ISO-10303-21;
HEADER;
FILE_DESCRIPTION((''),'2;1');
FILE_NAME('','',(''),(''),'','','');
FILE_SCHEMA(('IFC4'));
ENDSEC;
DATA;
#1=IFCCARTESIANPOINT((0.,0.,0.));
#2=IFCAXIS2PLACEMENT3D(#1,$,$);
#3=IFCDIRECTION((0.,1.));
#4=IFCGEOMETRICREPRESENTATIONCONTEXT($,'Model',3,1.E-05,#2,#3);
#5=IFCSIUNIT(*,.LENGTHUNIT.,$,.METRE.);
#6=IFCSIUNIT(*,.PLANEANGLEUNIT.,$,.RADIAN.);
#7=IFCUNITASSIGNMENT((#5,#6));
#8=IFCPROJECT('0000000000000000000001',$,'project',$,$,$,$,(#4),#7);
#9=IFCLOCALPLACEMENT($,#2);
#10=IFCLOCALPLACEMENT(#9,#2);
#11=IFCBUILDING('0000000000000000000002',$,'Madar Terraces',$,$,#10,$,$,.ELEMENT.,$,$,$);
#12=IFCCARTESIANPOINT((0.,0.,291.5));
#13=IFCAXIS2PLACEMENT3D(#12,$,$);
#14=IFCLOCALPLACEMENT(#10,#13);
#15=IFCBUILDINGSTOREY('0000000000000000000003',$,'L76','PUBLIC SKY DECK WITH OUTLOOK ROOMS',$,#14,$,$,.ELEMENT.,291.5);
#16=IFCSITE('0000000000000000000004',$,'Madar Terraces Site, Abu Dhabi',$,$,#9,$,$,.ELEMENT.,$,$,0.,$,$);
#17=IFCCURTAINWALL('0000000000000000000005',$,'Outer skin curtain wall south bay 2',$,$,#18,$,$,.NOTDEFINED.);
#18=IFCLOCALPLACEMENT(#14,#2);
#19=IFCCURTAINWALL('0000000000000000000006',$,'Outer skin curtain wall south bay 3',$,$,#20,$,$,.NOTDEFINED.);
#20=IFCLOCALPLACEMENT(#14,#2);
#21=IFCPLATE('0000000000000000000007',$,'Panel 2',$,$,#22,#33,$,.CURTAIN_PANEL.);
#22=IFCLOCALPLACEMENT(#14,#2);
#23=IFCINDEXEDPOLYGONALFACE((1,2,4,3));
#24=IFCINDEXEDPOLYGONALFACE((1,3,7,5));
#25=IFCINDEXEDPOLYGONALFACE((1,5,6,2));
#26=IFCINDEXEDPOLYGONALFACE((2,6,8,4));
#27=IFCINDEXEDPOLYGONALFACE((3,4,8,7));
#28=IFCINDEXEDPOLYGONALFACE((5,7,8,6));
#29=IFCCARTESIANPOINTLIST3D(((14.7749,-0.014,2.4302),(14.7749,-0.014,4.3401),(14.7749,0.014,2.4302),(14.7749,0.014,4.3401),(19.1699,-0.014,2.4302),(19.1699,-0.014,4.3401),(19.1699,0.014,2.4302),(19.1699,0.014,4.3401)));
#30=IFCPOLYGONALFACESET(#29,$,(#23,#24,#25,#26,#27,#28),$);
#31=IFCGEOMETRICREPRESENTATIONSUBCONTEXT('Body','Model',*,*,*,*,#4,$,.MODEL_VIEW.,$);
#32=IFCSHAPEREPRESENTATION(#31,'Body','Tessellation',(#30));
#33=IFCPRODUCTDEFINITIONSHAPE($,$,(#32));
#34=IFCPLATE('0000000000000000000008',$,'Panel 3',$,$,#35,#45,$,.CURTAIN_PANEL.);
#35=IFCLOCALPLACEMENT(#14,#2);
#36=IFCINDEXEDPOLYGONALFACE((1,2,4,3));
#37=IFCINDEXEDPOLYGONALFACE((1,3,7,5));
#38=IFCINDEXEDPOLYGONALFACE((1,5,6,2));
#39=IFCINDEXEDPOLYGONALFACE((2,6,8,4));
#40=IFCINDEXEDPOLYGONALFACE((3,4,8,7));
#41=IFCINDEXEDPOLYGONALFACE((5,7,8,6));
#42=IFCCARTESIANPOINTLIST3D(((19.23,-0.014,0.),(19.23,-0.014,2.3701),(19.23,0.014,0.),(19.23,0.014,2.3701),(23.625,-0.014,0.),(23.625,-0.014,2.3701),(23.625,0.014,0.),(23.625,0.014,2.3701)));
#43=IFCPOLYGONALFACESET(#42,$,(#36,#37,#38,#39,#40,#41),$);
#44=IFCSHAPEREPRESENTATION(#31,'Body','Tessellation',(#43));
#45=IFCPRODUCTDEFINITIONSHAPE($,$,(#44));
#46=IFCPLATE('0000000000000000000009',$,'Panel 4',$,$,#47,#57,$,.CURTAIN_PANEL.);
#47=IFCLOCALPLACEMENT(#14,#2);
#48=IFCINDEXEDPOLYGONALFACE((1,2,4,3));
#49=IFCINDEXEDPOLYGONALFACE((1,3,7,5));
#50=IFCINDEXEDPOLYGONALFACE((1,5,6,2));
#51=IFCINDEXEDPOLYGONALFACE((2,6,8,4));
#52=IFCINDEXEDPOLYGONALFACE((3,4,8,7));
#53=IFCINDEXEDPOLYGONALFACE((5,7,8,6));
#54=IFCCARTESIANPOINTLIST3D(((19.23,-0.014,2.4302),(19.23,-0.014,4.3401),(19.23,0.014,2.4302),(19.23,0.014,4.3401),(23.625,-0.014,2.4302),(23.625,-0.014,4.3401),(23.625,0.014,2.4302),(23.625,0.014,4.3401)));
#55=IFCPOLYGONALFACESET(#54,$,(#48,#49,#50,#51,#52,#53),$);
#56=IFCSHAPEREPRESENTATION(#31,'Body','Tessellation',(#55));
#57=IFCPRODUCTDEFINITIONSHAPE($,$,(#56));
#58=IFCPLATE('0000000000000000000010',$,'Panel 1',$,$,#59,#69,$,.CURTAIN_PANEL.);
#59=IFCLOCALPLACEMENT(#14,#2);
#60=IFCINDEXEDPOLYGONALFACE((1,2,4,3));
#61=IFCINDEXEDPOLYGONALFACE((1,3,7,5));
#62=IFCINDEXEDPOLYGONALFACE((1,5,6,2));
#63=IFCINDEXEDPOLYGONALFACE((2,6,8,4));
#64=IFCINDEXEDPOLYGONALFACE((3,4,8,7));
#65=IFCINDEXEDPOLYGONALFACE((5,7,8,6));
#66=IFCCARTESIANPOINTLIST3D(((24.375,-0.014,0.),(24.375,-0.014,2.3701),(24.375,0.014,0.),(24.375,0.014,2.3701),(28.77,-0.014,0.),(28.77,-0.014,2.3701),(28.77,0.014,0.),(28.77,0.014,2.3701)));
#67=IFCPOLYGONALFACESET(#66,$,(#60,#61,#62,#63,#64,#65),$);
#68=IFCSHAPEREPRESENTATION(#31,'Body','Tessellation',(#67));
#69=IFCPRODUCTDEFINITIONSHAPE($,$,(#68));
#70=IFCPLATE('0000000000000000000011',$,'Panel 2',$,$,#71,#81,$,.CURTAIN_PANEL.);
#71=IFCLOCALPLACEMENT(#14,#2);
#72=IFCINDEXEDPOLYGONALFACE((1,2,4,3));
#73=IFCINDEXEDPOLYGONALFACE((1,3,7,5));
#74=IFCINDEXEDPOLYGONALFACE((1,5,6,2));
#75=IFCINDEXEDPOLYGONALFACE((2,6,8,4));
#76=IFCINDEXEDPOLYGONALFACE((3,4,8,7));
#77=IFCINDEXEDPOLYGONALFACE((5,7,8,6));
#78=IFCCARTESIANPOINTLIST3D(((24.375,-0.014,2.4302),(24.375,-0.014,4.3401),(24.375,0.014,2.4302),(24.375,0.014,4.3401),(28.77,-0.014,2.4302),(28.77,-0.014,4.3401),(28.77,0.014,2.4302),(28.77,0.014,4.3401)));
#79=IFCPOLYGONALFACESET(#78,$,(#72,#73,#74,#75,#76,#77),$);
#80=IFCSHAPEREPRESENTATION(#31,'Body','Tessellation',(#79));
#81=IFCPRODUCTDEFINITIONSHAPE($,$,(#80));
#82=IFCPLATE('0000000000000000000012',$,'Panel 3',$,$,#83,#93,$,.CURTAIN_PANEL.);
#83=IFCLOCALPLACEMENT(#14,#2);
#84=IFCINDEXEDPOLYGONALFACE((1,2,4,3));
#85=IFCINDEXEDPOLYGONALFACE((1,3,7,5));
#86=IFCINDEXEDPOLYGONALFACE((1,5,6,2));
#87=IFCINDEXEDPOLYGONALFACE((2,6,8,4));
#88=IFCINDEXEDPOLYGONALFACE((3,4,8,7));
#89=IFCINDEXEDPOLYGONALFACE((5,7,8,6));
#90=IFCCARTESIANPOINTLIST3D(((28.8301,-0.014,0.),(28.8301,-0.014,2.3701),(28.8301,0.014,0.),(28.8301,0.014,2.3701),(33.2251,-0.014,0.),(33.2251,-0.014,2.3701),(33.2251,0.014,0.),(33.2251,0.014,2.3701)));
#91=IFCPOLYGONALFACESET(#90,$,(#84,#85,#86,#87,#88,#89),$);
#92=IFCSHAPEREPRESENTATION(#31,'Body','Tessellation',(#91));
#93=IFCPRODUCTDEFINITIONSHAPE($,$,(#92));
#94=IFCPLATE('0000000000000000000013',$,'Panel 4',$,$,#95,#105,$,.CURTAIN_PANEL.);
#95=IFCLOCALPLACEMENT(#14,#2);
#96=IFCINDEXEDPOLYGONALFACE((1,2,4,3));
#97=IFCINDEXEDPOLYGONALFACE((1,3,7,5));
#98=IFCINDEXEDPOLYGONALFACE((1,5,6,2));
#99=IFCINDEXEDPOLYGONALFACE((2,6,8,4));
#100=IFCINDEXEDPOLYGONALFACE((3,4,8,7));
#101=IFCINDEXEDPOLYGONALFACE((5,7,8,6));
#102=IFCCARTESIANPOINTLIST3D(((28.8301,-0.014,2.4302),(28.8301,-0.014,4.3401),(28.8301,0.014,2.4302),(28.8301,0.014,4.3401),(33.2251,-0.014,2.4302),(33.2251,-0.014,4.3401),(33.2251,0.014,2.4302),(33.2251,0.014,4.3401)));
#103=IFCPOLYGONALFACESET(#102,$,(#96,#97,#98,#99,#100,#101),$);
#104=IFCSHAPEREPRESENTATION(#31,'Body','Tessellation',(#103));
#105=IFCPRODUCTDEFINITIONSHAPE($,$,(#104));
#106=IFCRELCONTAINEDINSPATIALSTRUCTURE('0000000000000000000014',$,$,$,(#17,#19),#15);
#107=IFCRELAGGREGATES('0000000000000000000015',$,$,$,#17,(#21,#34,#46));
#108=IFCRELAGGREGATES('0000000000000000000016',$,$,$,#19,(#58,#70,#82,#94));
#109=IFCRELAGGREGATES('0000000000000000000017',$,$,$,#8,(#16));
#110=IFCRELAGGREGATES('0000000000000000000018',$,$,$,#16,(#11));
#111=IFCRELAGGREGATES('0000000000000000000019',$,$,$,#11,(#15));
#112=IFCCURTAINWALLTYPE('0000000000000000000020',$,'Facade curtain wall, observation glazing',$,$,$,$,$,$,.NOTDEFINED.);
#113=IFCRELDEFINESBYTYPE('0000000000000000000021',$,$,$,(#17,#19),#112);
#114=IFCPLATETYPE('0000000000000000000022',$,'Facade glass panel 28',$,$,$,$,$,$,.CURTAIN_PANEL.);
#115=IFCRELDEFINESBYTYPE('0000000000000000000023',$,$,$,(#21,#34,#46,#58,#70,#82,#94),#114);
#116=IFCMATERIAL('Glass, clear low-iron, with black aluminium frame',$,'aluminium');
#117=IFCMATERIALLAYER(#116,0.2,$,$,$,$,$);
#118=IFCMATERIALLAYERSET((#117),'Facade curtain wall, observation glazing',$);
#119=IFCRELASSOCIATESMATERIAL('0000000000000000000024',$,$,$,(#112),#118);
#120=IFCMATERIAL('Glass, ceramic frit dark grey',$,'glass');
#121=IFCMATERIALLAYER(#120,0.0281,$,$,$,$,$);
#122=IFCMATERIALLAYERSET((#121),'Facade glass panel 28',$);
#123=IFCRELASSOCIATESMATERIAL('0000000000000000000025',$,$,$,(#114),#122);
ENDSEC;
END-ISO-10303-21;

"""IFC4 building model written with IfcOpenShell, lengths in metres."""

from ifc_helpers import new_model, si_unit, direction, frame, origin, origin_2d, place, context, subcontext, project, spatial, rectangle, extrude, material, layer, layer_set, type_object, element, aggregate, save


model = new_model("IFC4")

# Units and contexts
model_context = context("Model", 3, precision=1e-05, world=origin(), true_north=direction((0.0, 1.0)))
body_context = subcontext(model_context, "Body", "Model", "MODEL_VIEW")
ifc_project = project(units=[si_unit("LENGTHUNIT", "METRE"), si_unit("PLANEANGLEUNIT", "RADIAN")], contexts=[model_context])

# Site, building, storey
site_placement = place(None, origin())
site = spatial("IfcSite", under=ifc_project, at=site_placement, Name="Madar Terraces Site, Abu Dhabi", CompositionType="ELEMENT", RefElevation=0.0)
building_placement = place(site_placement, origin())
building = spatial("IfcBuilding", under=site, at=building_placement, Name="Madar Terraces", CompositionType="ELEMENT")
storey_placement = place(building_placement, frame((0.0, 0.0, 291.5)))
storey = spatial("IfcBuildingStorey", under=building, at=storey_placement, Name="L76", Description="PUBLIC SKY DECK WITH OUTLOOK ROOMS", CompositionType="ELEMENT", Elevation=291.5)

# Curtain walls
ifc_material_1 = material(Name="Glass, clear low-iron, with black aluminium frame", Category="aluminium")
ifc_layer_1 = layer(ifc_material_1, 0.2)
ifc_layer_set_1 = layer_set([ifc_layer_1], Name="Facade curtain wall, observation glazing")
curtain_wall_type = type_object("IfcCurtainWallType", Name="Facade curtain wall, observation glazing", PredefinedType="NOTDEFINED", material=ifc_layer_set_1)
curtain_wall_1_placement = place(storey_placement, origin())
curtain_wall_1 = element("IfcCurtainWall", 1, at=curtain_wall_1_placement, inside=storey, type_object=curtain_wall_type, Name="Outer skin curtain wall south bay 2", PredefinedType="NOTDEFINED")
curtain_wall_2_placement = place(storey_placement, origin())
curtain_wall_2 = element("IfcCurtainWall", 2, at=curtain_wall_2_placement, inside=storey, type_object=curtain_wall_type, Name="Outer skin curtain wall south bay 3", PredefinedType="NOTDEFINED")

# Plates
ifc_material_2 = material(Name="Glass, ceramic frit dark grey", Category="glass")
ifc_layer_2 = layer(ifc_material_2, 0.0281)
ifc_layer_set_2 = layer_set([ifc_layer_2], Name="Facade glass panel 28")
plate_type = type_object("IfcPlateType", Name="Facade glass panel 28", PredefinedType="CURTAIN_PANEL", material=ifc_layer_set_2)
plate_1_placement = place(storey_placement, frame((16.9724, 0.0, 2.4302), z_axis=(0.0, 0.0, 1.0), x_axis=(1.0, 0.0, 0.0)))
plate_1 = element("IfcPlate", 3, at=plate_1_placement, type_object=plate_type, Name="Panel 2", PredefinedType="CURTAIN_PANEL", context=body_context, shape_type="SweptSolid", body=[
    extrude(rectangle(XDim=4.395, YDim=0.0281, at=origin_2d()), origin(), (0.0, 0.0, 1.0), 1.9099),
])
plate_2_placement = place(storey_placement, frame((21.4275, 0.0, 0.0), z_axis=(0.0, 0.0, 1.0), x_axis=(1.0, 0.0, 0.0)))
plate_2 = element("IfcPlate", 4, at=plate_2_placement, type_object=plate_type, Name="Panel 3", PredefinedType="CURTAIN_PANEL", context=body_context, shape_type="SweptSolid", body=[
    extrude(rectangle(XDim=4.395, YDim=0.0281, at=origin_2d()), origin(), (0.0, 0.0, 1.0), 2.3701),
])
plate_3_placement = place(storey_placement, frame((21.4275, 0.0, 2.4302), z_axis=(0.0, 0.0, 1.0), x_axis=(1.0, 0.0, 0.0)))
plate_3 = element("IfcPlate", 5, at=plate_3_placement, type_object=plate_type, Name="Panel 4", PredefinedType="CURTAIN_PANEL", context=body_context, shape_type="SweptSolid", body=[
    extrude(rectangle(XDim=4.395, YDim=0.0281, at=origin_2d()), origin(), (0.0, 0.0, 1.0), 1.9099),
])
aggregate(curtain_wall_1, [plate_1, plate_2, plate_3])
plate_4_placement = place(storey_placement, frame((26.5725, 0.0, 0.0), z_axis=(0.0, 0.0, 1.0), x_axis=(1.0, 0.0, 0.0)))
plate_4 = element("IfcPlate", 6, at=plate_4_placement, type_object=plate_type, Name="Panel 1", PredefinedType="CURTAIN_PANEL", context=body_context, shape_type="SweptSolid", body=[
    extrude(rectangle(XDim=4.395, YDim=0.0281, at=origin_2d()), origin(), (0.0, 0.0, 1.0), 2.3701),
])
plate_5_placement = place(storey_placement, frame((26.5725, 0.0, 2.4302), z_axis=(0.0, 0.0, 1.0), x_axis=(1.0, 0.0, 0.0)))
plate_5 = element("IfcPlate", 7, at=plate_5_placement, type_object=plate_type, Name="Panel 2", PredefinedType="CURTAIN_PANEL", context=body_context, shape_type="SweptSolid", body=[
    extrude(rectangle(XDim=4.395, YDim=0.0281, at=origin_2d()), origin(), (0.0, 0.0, 1.0), 1.9099),
])
plate_6_placement = place(storey_placement, frame((31.0276, 0.0, 0.0), z_axis=(0.0, 0.0, 1.0), x_axis=(1.0, 0.0, 0.0)))
plate_6 = element("IfcPlate", 8, at=plate_6_placement, type_object=plate_type, Name="Panel 3", PredefinedType="CURTAIN_PANEL", context=body_context, shape_type="SweptSolid", body=[
    extrude(rectangle(XDim=4.395, YDim=0.0281, at=origin_2d()), origin(), (0.0, 0.0, 1.0), 2.3701),
])
plate_7_placement = place(storey_placement, frame((31.0276, 0.0, 2.4302), z_axis=(0.0, 0.0, 1.0), x_axis=(1.0, 0.0, 0.0)))
plate_7 = element("IfcPlate", 9, at=plate_7_placement, type_object=plate_type, Name="Panel 4", PredefinedType="CURTAIN_PANEL", context=body_context, shape_type="SweptSolid", body=[
    extrude(rectangle(XDim=4.395, YDim=0.0281, at=origin_2d()), origin(), (0.0, 0.0, 1.0), 1.9099),
])
aggregate(curtain_wall_2, [plate_4, plate_5, plate_6, plate_7])

save(model, "model.ifc")
